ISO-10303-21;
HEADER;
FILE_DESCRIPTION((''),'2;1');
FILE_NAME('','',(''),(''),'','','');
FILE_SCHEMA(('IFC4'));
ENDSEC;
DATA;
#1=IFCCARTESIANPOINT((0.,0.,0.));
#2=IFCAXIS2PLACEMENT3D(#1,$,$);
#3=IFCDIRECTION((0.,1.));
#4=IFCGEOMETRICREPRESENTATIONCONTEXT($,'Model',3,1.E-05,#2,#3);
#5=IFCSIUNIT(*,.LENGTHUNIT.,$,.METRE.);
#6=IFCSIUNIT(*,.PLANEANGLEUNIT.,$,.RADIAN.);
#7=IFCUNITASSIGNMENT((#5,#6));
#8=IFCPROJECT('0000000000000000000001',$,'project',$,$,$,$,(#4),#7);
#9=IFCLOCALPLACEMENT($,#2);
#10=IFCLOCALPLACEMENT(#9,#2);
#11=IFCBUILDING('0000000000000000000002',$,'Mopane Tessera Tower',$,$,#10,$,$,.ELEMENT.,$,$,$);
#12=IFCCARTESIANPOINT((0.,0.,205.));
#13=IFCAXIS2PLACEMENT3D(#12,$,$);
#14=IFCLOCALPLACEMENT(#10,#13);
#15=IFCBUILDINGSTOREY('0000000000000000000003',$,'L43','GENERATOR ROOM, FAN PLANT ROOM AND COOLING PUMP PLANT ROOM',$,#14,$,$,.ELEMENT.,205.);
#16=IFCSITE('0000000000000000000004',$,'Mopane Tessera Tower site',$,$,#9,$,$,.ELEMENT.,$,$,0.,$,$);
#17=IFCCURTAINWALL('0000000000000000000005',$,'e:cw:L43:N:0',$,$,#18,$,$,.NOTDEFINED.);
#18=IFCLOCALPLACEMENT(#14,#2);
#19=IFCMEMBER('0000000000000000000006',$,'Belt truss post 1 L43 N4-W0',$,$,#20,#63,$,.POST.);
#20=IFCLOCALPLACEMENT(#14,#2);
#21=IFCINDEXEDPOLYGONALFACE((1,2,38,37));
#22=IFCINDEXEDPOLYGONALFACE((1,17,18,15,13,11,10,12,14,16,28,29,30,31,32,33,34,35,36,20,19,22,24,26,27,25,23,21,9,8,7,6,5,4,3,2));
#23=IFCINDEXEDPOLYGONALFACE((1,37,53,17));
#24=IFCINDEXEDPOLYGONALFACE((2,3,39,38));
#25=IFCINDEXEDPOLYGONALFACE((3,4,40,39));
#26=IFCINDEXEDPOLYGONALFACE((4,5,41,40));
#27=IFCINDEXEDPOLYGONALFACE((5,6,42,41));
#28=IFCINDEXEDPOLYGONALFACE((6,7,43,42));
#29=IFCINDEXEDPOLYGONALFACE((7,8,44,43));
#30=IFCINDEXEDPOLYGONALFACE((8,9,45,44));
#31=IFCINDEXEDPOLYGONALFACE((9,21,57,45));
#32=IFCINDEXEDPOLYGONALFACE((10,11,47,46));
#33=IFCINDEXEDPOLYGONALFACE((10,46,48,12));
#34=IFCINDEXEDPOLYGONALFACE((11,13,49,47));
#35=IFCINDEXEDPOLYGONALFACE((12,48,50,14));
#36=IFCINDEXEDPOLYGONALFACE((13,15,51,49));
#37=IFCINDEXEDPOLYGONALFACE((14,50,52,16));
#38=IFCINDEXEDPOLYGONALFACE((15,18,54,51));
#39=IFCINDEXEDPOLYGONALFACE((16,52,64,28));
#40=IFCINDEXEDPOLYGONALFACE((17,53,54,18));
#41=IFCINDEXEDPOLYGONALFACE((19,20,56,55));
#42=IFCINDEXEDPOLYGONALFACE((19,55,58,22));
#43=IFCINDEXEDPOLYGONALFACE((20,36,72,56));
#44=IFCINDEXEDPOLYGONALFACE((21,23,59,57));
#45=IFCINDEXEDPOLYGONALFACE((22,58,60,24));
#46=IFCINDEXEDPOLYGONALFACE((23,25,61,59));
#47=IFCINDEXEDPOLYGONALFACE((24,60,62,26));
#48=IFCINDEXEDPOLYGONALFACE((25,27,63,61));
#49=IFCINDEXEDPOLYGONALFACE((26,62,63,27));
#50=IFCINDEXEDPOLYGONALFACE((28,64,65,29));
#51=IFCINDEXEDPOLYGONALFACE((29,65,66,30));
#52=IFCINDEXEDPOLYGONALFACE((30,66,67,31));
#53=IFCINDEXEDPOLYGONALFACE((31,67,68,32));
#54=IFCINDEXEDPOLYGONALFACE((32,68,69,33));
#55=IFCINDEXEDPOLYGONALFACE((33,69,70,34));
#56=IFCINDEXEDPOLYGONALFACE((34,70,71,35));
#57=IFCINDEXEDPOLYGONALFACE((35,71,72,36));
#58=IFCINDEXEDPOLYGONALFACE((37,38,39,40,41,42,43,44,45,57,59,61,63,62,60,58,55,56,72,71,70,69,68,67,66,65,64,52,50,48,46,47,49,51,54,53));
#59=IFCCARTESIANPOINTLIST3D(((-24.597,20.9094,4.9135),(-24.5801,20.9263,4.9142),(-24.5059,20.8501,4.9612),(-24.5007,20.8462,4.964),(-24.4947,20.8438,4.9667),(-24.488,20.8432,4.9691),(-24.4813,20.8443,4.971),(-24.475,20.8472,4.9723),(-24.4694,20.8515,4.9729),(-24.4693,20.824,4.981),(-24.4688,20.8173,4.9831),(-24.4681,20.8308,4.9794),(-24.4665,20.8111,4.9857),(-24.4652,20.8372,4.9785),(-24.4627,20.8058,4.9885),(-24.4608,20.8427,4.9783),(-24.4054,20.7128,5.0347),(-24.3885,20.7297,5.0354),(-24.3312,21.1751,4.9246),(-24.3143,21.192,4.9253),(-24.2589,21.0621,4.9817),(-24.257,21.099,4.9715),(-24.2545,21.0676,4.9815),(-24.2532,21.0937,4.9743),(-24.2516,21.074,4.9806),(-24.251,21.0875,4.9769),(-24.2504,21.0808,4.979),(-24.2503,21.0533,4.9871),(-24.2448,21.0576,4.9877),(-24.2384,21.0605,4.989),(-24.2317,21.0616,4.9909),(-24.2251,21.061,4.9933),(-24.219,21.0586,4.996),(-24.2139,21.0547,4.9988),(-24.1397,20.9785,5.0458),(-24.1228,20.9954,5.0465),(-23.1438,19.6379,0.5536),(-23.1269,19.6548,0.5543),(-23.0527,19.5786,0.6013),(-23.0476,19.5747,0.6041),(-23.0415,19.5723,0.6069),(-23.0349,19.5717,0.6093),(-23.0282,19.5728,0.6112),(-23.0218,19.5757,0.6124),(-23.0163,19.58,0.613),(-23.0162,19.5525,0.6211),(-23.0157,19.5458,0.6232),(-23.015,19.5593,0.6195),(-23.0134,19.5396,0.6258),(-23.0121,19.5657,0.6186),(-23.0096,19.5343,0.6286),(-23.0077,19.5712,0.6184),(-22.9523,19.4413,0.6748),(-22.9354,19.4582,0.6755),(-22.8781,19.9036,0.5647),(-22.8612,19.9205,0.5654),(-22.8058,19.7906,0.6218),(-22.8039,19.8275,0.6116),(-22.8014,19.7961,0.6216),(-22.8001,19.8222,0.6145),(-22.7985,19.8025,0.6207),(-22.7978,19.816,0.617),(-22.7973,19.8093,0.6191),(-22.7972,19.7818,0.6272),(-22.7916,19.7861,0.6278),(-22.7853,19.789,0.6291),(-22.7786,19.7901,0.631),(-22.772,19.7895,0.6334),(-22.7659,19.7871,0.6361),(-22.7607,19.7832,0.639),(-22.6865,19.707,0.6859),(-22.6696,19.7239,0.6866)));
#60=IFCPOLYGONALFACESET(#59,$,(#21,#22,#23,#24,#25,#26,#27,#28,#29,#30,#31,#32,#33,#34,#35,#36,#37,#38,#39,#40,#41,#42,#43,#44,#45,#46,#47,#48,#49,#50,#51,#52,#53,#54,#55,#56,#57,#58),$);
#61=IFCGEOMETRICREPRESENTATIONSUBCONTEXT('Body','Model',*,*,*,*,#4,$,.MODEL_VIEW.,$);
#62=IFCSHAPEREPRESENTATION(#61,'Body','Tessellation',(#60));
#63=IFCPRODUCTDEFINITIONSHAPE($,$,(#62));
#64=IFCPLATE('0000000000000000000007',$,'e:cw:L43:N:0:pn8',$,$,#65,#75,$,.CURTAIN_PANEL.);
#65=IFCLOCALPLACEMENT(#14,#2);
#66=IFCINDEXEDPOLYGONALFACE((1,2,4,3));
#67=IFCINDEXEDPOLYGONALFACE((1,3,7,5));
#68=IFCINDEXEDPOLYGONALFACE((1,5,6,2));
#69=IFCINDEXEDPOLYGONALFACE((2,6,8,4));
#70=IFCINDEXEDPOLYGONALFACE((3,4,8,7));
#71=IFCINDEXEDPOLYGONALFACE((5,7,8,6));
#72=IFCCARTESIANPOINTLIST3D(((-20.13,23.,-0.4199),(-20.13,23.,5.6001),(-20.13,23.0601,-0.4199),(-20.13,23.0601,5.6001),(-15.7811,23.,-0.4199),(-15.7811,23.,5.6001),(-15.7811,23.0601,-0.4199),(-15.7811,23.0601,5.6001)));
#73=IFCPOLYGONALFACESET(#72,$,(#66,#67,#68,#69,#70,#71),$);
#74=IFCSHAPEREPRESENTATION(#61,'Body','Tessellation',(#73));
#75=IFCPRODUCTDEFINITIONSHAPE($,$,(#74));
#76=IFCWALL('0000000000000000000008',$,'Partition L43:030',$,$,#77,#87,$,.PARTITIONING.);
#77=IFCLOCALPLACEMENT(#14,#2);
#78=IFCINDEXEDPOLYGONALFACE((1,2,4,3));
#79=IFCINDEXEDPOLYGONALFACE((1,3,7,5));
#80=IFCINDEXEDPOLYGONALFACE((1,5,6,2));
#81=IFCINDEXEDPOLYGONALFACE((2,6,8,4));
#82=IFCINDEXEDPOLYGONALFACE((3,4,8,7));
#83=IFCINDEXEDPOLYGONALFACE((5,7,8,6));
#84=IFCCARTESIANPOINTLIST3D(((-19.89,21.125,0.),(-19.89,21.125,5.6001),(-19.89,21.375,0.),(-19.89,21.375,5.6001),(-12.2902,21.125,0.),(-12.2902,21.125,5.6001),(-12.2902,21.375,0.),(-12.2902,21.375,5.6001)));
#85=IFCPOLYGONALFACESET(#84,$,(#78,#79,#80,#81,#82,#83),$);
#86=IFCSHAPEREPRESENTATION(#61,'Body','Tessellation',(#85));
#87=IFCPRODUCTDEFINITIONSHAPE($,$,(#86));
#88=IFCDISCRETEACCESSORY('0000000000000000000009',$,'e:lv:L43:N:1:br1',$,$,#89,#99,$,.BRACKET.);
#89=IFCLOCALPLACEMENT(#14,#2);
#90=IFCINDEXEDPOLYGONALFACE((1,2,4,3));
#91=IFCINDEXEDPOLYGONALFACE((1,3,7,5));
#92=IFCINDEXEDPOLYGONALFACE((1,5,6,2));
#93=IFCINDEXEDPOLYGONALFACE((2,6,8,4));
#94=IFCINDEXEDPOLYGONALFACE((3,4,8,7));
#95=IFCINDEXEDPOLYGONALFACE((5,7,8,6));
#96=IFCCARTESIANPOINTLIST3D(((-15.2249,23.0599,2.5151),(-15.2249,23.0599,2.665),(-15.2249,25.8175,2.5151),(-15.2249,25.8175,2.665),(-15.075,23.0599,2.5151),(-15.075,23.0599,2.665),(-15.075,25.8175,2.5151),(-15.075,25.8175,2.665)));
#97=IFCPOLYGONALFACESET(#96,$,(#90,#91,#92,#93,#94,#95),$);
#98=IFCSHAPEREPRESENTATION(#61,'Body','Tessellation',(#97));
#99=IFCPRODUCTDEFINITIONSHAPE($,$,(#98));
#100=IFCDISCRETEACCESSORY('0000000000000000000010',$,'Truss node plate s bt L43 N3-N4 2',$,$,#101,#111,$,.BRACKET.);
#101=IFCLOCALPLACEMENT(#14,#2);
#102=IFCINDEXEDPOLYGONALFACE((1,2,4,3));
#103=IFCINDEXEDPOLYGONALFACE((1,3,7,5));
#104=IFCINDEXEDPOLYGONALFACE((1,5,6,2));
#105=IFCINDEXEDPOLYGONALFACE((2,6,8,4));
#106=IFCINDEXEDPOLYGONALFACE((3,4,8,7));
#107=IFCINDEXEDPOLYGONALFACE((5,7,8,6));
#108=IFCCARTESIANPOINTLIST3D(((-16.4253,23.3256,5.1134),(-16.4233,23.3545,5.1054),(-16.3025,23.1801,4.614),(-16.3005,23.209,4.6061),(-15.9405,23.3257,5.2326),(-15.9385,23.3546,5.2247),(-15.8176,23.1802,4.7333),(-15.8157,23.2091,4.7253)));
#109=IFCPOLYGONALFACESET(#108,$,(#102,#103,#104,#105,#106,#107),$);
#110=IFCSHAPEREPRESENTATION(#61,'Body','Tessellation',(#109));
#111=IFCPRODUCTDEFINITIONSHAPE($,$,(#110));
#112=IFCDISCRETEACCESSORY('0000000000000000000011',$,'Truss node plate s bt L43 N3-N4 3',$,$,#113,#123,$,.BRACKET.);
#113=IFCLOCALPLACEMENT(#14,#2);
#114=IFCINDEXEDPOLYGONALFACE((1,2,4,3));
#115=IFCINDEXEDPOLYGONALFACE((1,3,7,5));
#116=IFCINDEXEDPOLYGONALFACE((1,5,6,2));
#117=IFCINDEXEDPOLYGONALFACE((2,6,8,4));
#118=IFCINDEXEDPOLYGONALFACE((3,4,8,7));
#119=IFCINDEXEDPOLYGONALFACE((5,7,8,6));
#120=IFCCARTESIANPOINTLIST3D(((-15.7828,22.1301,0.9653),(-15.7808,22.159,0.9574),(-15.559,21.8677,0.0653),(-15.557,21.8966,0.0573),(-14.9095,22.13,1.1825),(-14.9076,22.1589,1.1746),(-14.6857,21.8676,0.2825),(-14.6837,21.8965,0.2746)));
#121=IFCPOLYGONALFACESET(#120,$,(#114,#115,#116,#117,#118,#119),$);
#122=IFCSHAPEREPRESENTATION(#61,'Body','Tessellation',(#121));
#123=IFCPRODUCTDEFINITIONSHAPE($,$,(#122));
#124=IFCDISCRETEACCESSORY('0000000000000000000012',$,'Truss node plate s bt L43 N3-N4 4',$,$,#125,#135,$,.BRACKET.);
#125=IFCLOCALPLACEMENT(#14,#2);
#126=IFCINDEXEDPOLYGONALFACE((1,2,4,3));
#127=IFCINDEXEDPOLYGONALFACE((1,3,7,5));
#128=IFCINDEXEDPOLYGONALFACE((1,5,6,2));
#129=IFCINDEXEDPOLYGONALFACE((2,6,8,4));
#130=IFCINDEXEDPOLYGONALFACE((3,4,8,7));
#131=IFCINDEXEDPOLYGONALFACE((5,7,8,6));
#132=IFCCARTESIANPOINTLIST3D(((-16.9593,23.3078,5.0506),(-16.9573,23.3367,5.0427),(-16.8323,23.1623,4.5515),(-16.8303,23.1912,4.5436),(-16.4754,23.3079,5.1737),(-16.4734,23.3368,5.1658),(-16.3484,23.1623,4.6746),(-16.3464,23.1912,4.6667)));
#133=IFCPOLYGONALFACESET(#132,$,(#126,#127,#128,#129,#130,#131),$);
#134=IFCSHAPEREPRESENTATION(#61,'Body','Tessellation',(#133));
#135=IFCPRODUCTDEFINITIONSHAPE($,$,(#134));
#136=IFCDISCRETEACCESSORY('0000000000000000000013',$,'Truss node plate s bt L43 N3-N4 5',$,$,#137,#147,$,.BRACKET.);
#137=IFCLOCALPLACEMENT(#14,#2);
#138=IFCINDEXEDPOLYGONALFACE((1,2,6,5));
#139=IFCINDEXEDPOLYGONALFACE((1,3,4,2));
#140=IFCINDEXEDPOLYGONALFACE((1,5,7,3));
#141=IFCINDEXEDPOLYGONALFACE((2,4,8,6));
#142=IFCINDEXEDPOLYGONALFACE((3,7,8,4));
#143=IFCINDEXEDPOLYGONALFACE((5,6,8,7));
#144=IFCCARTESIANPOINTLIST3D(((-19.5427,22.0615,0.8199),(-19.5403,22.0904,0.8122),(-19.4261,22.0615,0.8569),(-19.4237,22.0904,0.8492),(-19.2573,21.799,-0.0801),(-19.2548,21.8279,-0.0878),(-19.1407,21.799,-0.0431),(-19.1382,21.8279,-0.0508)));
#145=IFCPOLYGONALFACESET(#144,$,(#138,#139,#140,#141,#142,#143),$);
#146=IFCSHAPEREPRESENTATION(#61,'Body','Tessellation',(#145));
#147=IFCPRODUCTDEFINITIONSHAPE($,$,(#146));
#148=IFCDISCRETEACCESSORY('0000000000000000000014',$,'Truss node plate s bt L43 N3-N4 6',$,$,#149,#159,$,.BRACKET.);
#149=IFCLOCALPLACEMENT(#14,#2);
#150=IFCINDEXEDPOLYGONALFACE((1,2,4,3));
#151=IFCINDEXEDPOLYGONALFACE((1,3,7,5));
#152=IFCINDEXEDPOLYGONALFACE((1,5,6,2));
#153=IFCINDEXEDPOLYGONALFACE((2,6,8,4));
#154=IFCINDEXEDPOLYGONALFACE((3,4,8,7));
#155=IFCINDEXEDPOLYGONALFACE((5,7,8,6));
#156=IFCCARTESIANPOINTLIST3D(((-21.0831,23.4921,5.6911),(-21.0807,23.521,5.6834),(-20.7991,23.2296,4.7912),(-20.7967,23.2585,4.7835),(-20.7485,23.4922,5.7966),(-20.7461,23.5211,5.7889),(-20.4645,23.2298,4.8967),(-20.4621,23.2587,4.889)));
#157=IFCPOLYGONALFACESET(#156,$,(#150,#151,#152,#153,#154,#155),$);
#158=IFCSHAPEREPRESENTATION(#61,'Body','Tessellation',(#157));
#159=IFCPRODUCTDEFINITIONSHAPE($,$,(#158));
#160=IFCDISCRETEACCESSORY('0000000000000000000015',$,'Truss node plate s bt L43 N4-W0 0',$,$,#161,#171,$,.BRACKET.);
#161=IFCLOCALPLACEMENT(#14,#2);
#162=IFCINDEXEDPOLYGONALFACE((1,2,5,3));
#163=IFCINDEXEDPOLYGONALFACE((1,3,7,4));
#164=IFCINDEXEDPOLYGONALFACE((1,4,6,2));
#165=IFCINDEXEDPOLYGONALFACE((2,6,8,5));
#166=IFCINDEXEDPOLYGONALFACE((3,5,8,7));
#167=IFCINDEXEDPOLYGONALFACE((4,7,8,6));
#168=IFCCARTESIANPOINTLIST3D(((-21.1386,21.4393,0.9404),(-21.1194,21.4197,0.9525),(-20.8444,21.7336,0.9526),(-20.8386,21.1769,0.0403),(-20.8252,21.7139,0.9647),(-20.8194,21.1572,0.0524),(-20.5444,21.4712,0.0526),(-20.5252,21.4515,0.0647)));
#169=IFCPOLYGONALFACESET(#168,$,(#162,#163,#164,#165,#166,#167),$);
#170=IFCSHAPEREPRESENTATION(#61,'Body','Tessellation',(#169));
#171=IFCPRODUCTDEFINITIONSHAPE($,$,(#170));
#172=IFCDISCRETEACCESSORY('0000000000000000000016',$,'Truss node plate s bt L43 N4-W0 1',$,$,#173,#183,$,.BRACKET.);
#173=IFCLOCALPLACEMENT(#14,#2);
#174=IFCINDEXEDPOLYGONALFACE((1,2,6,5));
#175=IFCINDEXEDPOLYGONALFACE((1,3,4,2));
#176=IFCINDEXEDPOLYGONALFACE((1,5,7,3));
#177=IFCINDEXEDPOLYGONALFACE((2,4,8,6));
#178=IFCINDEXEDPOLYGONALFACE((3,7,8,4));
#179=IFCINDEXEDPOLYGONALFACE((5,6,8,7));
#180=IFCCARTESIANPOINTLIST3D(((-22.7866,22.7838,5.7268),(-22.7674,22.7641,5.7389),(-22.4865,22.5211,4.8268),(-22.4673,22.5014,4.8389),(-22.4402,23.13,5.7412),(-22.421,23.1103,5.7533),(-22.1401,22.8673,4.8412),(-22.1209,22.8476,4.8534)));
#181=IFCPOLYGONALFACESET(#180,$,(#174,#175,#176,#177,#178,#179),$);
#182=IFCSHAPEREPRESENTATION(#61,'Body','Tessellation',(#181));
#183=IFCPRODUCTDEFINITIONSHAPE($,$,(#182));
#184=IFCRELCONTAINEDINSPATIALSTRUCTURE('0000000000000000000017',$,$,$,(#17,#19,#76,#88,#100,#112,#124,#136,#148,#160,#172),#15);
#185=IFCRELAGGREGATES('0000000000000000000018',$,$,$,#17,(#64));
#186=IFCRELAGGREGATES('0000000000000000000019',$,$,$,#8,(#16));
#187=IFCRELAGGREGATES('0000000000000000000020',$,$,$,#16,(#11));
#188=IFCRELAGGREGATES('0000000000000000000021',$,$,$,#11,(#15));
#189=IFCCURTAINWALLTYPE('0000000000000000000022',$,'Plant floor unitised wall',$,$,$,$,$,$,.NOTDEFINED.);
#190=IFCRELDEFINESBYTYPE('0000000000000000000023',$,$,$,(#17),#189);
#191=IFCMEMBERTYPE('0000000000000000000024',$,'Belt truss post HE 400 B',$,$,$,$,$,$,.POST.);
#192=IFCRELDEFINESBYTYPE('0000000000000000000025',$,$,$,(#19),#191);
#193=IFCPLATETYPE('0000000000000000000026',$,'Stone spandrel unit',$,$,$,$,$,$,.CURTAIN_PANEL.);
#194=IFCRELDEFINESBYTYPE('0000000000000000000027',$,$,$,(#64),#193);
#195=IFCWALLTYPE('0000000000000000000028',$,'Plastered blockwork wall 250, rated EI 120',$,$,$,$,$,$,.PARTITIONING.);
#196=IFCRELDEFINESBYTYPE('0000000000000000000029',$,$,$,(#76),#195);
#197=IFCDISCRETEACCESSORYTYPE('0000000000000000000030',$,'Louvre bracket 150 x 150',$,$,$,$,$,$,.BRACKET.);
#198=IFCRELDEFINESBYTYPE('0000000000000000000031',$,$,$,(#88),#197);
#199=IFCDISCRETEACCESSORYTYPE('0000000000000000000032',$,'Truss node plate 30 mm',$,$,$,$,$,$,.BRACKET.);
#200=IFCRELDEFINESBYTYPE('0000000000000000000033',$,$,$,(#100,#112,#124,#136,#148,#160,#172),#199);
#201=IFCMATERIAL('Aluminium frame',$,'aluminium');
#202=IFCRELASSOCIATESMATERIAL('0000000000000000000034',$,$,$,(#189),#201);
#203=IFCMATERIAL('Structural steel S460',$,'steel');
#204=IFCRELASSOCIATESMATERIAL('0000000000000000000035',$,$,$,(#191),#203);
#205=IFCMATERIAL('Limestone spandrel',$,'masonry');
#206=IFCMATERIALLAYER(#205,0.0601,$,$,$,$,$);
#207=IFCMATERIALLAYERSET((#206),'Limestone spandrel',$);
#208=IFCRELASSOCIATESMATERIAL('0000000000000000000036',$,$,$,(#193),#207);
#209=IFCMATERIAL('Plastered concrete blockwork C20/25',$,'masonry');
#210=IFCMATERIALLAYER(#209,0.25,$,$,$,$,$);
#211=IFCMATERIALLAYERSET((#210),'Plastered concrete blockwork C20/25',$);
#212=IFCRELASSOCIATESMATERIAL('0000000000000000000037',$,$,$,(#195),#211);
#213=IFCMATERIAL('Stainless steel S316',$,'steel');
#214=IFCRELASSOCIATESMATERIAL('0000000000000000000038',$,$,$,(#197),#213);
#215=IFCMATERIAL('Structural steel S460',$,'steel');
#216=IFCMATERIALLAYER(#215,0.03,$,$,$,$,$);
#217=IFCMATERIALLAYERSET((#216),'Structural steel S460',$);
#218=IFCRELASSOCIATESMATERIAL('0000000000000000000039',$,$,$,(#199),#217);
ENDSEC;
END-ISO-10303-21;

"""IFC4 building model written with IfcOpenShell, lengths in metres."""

from ifc_helpers import new_model, si_unit, direction, frame, frame_2d, origin, origin_2d, place, context, subcontext, project, spatial, rectangle, i_section, extrude, material, layer, layer_set, material_profile, profile_set, type_object, element, aggregate, save


model = new_model("IFC4")

# Units and contexts
model_context = context("Model", 3, precision=1e-05, world=origin(), true_north=direction((0.0, 1.0)))
body_context = subcontext(model_context, "Body", "Model", "MODEL_VIEW")
ifc_project = project(units=[si_unit("LENGTHUNIT", "METRE"), si_unit("PLANEANGLEUNIT", "RADIAN")], contexts=[model_context])

# Site, building, storey
site_placement = place(None, origin())
site = spatial("IfcSite", under=ifc_project, at=site_placement, Name="Mopane Tessera Tower site", CompositionType="ELEMENT", RefElevation=0.0)
building_placement = place(site_placement, origin())
building = spatial("IfcBuilding", under=site, at=building_placement, Name="Mopane Tessera Tower", CompositionType="ELEMENT")
storey_placement = place(building_placement, frame((0.0, 0.0, 205.0)))
storey = spatial("IfcBuildingStorey", under=building, at=storey_placement, Name="L43", Description="GENERATOR ROOM, FAN PLANT ROOM AND COOLING PUMP PLANT ROOM", CompositionType="ELEMENT", Elevation=205.0)

# Curtain wall
ifc_material_1 = material(Name="Aluminium frame", Category="aluminium")
curtain_wall_type = type_object("IfcCurtainWallType", Name="Plant floor unitised wall", PredefinedType="NOTDEFINED", material=ifc_material_1)
curtain_wall_placement = place(storey_placement, origin())
curtain_wall = element("IfcCurtainWall", 1, at=curtain_wall_placement, inside=storey, type_object=curtain_wall_type, Name="e:cw:L43:N:0", PredefinedType="NOTDEFINED")

# Member
ifc_material_2 = material(Name="Structural steel S460", Category="steel")
ifc_material_profile_1 = material_profile(ifc_material_2, i_section(OverallWidth=0.3, OverallDepth=0.3999, WebThickness=0.0134, FlangeThickness=0.0239, FilletRadius=0.0271, at=origin_2d()))
ifc_profile_set_1 = profile_set([ifc_material_profile_1], Name="Structural steel S460")
member_type_1 = type_object("IfcMemberType", Name="Belt truss post HE 400 B", PredefinedType="POST", material=ifc_profile_set_1)
member_1_placement = place(storey_placement, frame((-22.9067, 19.6809, 0.6201), z_axis=(-0.304747, 0.266654, 0.914344), x_axis=(0.638405, -0.655233, 0.403866)))
element("IfcMember", 2, at=member_1_placement, inside=storey, type_object=member_type_1, Name="Belt truss post 1 L43 N4-W0", PredefinedType="POST", context=body_context, shape_type="SweptSolid", body=[
    extrude(i_section(OverallWidth=0.3, OverallDepth=0.3999, WebThickness=0.0134, FlangeThickness=0.0239, FilletRadius=0.0271, at=origin_2d()), origin(), (0.0, 0.0, 1.0), 4.7683),
])

# Plate
ifc_material_3 = material(Name="Limestone spandrel", Category="masonry")
ifc_layer_1 = layer(ifc_material_3, 0.0601)
ifc_layer_set_1 = layer_set([ifc_layer_1], Name="Limestone spandrel")
plate_type = type_object("IfcPlateType", Name="Stone spandrel unit", PredefinedType="CURTAIN_PANEL", material=ifc_layer_set_1)
plate_placement = place(storey_placement, frame((-17.9556, 23.03, -0.4199), z_axis=(0.0, 0.0, 1.0), x_axis=(-1.0, 0.0, 0.0)))
plate = element("IfcPlate", 3, at=plate_placement, type_object=plate_type, Name="e:cw:L43:N:0:pn8", PredefinedType="CURTAIN_PANEL", context=body_context, shape_type="SweptSolid", body=[
    extrude(rectangle(XDim=4.3489, YDim=0.0601, at=origin_2d()), origin(), (0.0, 0.0, 1.0), 6.02),
])
aggregate(curtain_wall, [plate])

# Wall
ifc_material_4 = material(Name="Plastered concrete blockwork C20/25", Category="masonry")
ifc_layer_2 = layer(ifc_material_4, 0.25)
ifc_layer_set_2 = layer_set([ifc_layer_2], Name="Plastered concrete blockwork C20/25")
wall_type = type_object("IfcWallType", Name="Plastered blockwork wall 250, rated EI 120", PredefinedType="PARTITIONING", material=ifc_layer_set_2)
wall_placement = place(storey_placement, frame((-19.8899, 21.25, 0.0), z_axis=(0.0, 0.0, 1.0), x_axis=(1.0, 0.0, 0.0)))
element("IfcWall", 4, at=wall_placement, inside=storey, type_object=wall_type, Name="Partition L43:030", PredefinedType="PARTITIONING", context=body_context, shape_type="SweptSolid", body=[
    extrude(rectangle(XDim=7.5999, YDim=0.25, at=frame_2d((3.7998, 0.0))), origin(), (0.0, 0.0, 1.0), 5.6001),
])

# Discrete accessories
ifc_material_5 = material(Name="Stainless steel S316", Category="steel")
discrete_accessory_type_1 = type_object("IfcDiscreteAccessoryType", Name="Louvre bracket 150 x 150", PredefinedType="BRACKET", material=ifc_material_5)
discrete_accessory_1_placement = place(storey_placement, frame((-15.1499, 24.4387, 2.5151), z_axis=(0.0, 0.0, 1.0), x_axis=(0.0, 1.0, 0.0)))
element("IfcDiscreteAccessory", 5, at=discrete_accessory_1_placement, inside=storey, type_object=discrete_accessory_type_1, Name="e:lv:L43:N:1:br1", PredefinedType="BRACKET", context=body_context, shape_type="SweptSolid", body=[
    extrude(rectangle(XDim=2.7576, YDim=0.1499, at=origin_2d()), origin(), (0.0, 0.0, 1.0), 0.1499),
])
ifc_material_6 = material(Name="Structural steel S460", Category="steel")
ifc_layer_3 = layer(ifc_material_6, 0.03)
ifc_layer_set_3 = layer_set([ifc_layer_3], Name="Structural steel S460")
discrete_accessory_type_2 = type_object("IfcDiscreteAccessoryType", Name="Truss node plate 30 mm", PredefinedType="BRACKET", material=ifc_layer_set_3)
discrete_accessory_2_placement = place(storey_placement, frame((-16.0591, 23.1946, 4.6697), z_axis=(-0.229821, 0.272312, 0.93436), x_axis=(-0.064856, -0.962209, 0.264476)))
element("IfcDiscreteAccessory", 6, at=discrete_accessory_2_placement, inside=storey, type_object=discrete_accessory_type_2, Name="Truss node plate s bt L43 N3-N4 2", PredefinedType="BRACKET", context=body_context, shape_type="SweptSolid", body=[
    extrude(rectangle(XDim=0.03, YDim=0.4993, at=origin_2d()), origin(), (0.0, 0.0, 1.0), 0.5344),
])
discrete_accessory_3_placement = place(storey_placement, frame((-15.1213, 21.8821, 0.1699), z_axis=(-0.232241, 0.272257, 0.933777), x_axis=(-0.065796, -0.962225, 0.264187)))
element("IfcDiscreteAccessory", 7, at=discrete_accessory_3_placement, inside=storey, type_object=discrete_accessory_type_2, Name="Truss node plate s bt L43 N3-N4 3", PredefinedType="BRACKET", context=body_context, shape_type="SweptSolid", body=[
    extrude(rectangle(XDim=0.03, YDim=0.8999, at=origin_2d()), origin(), (0.0, 0.0, 1.0), 0.9639),
])
discrete_accessory_4_placement = place(storey_placement, frame((-16.5894, 23.1768, 4.6091), z_axis=(-0.237259, 0.271935, 0.932609), x_axis=(-0.066918, -0.962316, 0.263573)))
element("IfcDiscreteAccessory", 8, at=discrete_accessory_4_placement, inside=storey, type_object=discrete_accessory_type_2, Name="Truss node plate s bt L43 N3-N4 4", PredefinedType="BRACKET", context=body_context, shape_type="SweptSolid", body=[
    extrude(rectangle(XDim=0.03, YDim=0.4993, at=origin_2d()), origin(), (0.0, 0.0, 1.0), 0.5352),
])
discrete_accessory_5_placement = place(storey_placement, frame((-19.1978, 21.8135, -0.0654), z_axis=(-0.291262, 0.267841, 0.918383), x_axis=(-0.080925, -0.963463, 0.255323)))
element("IfcDiscreteAccessory", 9, at=discrete_accessory_5_placement, inside=storey, type_object=discrete_accessory_type_2, Name="Truss node plate s bt L43 N3-N4 5", PredefinedType="BRACKET", context=body_context, shape_type="SweptSolid", body=[
    extrude(rectangle(XDim=0.03, YDim=0.1223, at=origin_2d()), origin(), (0.0, 0.0, 1.0), 0.98),
])
discrete_accessory_6_placement = place(storey_placement, frame((-20.6306, 23.2441, 4.8401), z_axis=(-0.289893, 0.267957, 0.918782), x_axis=(-0.08018, -0.963431, 0.255681)))
element("IfcDiscreteAccessory", 10, at=discrete_accessory_6_placement, inside=storey, type_object=discrete_accessory_type_2, Name="Truss node plate s bt L43 N3-N4 6", PredefinedType="BRACKET", context=body_context, shape_type="SweptSolid", body=[
    extrude(rectangle(XDim=0.03, YDim=0.3508, at=origin_2d()), origin(), (0.0, 0.0, 1.0), 0.9795),
])
discrete_accessory_7_placement = place(storey_placement, frame((-20.6819, 21.3142, 0.0525), z_axis=(-0.304783, 0.266592, 0.91435), x_axis=(0.638523, -0.655127, 0.403853)))
element("IfcDiscreteAccessory", 11, at=discrete_accessory_7_placement, inside=storey, type_object=discrete_accessory_type_2, Name="Truss node plate s bt L43 N4-W0 0", PredefinedType="BRACKET", context=body_context, shape_type="SweptSolid", body=[
    extrude(rectangle(XDim=0.03, YDim=0.4163, at=origin_2d()), origin(), (0.0, 0.0, 1.0), 0.9844),
])
discrete_accessory_8_placement = place(storey_placement, frame((-22.3037, 22.6843, 4.8401), z_axis=(-0.304832, 0.266883, 0.914249), x_axis=(0.638145, -0.655354, 0.404081)))
element("IfcDiscreteAccessory", 12, at=discrete_accessory_8_placement, inside=storey, type_object=discrete_accessory_type_2, Name="Truss node plate s bt L43 N4-W0 1", PredefinedType="BRACKET", context=body_context, shape_type="SweptSolid", body=[
    extrude(rectangle(XDim=0.03, YDim=0.49, at=origin_2d()), origin(), (0.0, 0.0, 1.0), 0.9844),
])

save(model, "model.ifc")
